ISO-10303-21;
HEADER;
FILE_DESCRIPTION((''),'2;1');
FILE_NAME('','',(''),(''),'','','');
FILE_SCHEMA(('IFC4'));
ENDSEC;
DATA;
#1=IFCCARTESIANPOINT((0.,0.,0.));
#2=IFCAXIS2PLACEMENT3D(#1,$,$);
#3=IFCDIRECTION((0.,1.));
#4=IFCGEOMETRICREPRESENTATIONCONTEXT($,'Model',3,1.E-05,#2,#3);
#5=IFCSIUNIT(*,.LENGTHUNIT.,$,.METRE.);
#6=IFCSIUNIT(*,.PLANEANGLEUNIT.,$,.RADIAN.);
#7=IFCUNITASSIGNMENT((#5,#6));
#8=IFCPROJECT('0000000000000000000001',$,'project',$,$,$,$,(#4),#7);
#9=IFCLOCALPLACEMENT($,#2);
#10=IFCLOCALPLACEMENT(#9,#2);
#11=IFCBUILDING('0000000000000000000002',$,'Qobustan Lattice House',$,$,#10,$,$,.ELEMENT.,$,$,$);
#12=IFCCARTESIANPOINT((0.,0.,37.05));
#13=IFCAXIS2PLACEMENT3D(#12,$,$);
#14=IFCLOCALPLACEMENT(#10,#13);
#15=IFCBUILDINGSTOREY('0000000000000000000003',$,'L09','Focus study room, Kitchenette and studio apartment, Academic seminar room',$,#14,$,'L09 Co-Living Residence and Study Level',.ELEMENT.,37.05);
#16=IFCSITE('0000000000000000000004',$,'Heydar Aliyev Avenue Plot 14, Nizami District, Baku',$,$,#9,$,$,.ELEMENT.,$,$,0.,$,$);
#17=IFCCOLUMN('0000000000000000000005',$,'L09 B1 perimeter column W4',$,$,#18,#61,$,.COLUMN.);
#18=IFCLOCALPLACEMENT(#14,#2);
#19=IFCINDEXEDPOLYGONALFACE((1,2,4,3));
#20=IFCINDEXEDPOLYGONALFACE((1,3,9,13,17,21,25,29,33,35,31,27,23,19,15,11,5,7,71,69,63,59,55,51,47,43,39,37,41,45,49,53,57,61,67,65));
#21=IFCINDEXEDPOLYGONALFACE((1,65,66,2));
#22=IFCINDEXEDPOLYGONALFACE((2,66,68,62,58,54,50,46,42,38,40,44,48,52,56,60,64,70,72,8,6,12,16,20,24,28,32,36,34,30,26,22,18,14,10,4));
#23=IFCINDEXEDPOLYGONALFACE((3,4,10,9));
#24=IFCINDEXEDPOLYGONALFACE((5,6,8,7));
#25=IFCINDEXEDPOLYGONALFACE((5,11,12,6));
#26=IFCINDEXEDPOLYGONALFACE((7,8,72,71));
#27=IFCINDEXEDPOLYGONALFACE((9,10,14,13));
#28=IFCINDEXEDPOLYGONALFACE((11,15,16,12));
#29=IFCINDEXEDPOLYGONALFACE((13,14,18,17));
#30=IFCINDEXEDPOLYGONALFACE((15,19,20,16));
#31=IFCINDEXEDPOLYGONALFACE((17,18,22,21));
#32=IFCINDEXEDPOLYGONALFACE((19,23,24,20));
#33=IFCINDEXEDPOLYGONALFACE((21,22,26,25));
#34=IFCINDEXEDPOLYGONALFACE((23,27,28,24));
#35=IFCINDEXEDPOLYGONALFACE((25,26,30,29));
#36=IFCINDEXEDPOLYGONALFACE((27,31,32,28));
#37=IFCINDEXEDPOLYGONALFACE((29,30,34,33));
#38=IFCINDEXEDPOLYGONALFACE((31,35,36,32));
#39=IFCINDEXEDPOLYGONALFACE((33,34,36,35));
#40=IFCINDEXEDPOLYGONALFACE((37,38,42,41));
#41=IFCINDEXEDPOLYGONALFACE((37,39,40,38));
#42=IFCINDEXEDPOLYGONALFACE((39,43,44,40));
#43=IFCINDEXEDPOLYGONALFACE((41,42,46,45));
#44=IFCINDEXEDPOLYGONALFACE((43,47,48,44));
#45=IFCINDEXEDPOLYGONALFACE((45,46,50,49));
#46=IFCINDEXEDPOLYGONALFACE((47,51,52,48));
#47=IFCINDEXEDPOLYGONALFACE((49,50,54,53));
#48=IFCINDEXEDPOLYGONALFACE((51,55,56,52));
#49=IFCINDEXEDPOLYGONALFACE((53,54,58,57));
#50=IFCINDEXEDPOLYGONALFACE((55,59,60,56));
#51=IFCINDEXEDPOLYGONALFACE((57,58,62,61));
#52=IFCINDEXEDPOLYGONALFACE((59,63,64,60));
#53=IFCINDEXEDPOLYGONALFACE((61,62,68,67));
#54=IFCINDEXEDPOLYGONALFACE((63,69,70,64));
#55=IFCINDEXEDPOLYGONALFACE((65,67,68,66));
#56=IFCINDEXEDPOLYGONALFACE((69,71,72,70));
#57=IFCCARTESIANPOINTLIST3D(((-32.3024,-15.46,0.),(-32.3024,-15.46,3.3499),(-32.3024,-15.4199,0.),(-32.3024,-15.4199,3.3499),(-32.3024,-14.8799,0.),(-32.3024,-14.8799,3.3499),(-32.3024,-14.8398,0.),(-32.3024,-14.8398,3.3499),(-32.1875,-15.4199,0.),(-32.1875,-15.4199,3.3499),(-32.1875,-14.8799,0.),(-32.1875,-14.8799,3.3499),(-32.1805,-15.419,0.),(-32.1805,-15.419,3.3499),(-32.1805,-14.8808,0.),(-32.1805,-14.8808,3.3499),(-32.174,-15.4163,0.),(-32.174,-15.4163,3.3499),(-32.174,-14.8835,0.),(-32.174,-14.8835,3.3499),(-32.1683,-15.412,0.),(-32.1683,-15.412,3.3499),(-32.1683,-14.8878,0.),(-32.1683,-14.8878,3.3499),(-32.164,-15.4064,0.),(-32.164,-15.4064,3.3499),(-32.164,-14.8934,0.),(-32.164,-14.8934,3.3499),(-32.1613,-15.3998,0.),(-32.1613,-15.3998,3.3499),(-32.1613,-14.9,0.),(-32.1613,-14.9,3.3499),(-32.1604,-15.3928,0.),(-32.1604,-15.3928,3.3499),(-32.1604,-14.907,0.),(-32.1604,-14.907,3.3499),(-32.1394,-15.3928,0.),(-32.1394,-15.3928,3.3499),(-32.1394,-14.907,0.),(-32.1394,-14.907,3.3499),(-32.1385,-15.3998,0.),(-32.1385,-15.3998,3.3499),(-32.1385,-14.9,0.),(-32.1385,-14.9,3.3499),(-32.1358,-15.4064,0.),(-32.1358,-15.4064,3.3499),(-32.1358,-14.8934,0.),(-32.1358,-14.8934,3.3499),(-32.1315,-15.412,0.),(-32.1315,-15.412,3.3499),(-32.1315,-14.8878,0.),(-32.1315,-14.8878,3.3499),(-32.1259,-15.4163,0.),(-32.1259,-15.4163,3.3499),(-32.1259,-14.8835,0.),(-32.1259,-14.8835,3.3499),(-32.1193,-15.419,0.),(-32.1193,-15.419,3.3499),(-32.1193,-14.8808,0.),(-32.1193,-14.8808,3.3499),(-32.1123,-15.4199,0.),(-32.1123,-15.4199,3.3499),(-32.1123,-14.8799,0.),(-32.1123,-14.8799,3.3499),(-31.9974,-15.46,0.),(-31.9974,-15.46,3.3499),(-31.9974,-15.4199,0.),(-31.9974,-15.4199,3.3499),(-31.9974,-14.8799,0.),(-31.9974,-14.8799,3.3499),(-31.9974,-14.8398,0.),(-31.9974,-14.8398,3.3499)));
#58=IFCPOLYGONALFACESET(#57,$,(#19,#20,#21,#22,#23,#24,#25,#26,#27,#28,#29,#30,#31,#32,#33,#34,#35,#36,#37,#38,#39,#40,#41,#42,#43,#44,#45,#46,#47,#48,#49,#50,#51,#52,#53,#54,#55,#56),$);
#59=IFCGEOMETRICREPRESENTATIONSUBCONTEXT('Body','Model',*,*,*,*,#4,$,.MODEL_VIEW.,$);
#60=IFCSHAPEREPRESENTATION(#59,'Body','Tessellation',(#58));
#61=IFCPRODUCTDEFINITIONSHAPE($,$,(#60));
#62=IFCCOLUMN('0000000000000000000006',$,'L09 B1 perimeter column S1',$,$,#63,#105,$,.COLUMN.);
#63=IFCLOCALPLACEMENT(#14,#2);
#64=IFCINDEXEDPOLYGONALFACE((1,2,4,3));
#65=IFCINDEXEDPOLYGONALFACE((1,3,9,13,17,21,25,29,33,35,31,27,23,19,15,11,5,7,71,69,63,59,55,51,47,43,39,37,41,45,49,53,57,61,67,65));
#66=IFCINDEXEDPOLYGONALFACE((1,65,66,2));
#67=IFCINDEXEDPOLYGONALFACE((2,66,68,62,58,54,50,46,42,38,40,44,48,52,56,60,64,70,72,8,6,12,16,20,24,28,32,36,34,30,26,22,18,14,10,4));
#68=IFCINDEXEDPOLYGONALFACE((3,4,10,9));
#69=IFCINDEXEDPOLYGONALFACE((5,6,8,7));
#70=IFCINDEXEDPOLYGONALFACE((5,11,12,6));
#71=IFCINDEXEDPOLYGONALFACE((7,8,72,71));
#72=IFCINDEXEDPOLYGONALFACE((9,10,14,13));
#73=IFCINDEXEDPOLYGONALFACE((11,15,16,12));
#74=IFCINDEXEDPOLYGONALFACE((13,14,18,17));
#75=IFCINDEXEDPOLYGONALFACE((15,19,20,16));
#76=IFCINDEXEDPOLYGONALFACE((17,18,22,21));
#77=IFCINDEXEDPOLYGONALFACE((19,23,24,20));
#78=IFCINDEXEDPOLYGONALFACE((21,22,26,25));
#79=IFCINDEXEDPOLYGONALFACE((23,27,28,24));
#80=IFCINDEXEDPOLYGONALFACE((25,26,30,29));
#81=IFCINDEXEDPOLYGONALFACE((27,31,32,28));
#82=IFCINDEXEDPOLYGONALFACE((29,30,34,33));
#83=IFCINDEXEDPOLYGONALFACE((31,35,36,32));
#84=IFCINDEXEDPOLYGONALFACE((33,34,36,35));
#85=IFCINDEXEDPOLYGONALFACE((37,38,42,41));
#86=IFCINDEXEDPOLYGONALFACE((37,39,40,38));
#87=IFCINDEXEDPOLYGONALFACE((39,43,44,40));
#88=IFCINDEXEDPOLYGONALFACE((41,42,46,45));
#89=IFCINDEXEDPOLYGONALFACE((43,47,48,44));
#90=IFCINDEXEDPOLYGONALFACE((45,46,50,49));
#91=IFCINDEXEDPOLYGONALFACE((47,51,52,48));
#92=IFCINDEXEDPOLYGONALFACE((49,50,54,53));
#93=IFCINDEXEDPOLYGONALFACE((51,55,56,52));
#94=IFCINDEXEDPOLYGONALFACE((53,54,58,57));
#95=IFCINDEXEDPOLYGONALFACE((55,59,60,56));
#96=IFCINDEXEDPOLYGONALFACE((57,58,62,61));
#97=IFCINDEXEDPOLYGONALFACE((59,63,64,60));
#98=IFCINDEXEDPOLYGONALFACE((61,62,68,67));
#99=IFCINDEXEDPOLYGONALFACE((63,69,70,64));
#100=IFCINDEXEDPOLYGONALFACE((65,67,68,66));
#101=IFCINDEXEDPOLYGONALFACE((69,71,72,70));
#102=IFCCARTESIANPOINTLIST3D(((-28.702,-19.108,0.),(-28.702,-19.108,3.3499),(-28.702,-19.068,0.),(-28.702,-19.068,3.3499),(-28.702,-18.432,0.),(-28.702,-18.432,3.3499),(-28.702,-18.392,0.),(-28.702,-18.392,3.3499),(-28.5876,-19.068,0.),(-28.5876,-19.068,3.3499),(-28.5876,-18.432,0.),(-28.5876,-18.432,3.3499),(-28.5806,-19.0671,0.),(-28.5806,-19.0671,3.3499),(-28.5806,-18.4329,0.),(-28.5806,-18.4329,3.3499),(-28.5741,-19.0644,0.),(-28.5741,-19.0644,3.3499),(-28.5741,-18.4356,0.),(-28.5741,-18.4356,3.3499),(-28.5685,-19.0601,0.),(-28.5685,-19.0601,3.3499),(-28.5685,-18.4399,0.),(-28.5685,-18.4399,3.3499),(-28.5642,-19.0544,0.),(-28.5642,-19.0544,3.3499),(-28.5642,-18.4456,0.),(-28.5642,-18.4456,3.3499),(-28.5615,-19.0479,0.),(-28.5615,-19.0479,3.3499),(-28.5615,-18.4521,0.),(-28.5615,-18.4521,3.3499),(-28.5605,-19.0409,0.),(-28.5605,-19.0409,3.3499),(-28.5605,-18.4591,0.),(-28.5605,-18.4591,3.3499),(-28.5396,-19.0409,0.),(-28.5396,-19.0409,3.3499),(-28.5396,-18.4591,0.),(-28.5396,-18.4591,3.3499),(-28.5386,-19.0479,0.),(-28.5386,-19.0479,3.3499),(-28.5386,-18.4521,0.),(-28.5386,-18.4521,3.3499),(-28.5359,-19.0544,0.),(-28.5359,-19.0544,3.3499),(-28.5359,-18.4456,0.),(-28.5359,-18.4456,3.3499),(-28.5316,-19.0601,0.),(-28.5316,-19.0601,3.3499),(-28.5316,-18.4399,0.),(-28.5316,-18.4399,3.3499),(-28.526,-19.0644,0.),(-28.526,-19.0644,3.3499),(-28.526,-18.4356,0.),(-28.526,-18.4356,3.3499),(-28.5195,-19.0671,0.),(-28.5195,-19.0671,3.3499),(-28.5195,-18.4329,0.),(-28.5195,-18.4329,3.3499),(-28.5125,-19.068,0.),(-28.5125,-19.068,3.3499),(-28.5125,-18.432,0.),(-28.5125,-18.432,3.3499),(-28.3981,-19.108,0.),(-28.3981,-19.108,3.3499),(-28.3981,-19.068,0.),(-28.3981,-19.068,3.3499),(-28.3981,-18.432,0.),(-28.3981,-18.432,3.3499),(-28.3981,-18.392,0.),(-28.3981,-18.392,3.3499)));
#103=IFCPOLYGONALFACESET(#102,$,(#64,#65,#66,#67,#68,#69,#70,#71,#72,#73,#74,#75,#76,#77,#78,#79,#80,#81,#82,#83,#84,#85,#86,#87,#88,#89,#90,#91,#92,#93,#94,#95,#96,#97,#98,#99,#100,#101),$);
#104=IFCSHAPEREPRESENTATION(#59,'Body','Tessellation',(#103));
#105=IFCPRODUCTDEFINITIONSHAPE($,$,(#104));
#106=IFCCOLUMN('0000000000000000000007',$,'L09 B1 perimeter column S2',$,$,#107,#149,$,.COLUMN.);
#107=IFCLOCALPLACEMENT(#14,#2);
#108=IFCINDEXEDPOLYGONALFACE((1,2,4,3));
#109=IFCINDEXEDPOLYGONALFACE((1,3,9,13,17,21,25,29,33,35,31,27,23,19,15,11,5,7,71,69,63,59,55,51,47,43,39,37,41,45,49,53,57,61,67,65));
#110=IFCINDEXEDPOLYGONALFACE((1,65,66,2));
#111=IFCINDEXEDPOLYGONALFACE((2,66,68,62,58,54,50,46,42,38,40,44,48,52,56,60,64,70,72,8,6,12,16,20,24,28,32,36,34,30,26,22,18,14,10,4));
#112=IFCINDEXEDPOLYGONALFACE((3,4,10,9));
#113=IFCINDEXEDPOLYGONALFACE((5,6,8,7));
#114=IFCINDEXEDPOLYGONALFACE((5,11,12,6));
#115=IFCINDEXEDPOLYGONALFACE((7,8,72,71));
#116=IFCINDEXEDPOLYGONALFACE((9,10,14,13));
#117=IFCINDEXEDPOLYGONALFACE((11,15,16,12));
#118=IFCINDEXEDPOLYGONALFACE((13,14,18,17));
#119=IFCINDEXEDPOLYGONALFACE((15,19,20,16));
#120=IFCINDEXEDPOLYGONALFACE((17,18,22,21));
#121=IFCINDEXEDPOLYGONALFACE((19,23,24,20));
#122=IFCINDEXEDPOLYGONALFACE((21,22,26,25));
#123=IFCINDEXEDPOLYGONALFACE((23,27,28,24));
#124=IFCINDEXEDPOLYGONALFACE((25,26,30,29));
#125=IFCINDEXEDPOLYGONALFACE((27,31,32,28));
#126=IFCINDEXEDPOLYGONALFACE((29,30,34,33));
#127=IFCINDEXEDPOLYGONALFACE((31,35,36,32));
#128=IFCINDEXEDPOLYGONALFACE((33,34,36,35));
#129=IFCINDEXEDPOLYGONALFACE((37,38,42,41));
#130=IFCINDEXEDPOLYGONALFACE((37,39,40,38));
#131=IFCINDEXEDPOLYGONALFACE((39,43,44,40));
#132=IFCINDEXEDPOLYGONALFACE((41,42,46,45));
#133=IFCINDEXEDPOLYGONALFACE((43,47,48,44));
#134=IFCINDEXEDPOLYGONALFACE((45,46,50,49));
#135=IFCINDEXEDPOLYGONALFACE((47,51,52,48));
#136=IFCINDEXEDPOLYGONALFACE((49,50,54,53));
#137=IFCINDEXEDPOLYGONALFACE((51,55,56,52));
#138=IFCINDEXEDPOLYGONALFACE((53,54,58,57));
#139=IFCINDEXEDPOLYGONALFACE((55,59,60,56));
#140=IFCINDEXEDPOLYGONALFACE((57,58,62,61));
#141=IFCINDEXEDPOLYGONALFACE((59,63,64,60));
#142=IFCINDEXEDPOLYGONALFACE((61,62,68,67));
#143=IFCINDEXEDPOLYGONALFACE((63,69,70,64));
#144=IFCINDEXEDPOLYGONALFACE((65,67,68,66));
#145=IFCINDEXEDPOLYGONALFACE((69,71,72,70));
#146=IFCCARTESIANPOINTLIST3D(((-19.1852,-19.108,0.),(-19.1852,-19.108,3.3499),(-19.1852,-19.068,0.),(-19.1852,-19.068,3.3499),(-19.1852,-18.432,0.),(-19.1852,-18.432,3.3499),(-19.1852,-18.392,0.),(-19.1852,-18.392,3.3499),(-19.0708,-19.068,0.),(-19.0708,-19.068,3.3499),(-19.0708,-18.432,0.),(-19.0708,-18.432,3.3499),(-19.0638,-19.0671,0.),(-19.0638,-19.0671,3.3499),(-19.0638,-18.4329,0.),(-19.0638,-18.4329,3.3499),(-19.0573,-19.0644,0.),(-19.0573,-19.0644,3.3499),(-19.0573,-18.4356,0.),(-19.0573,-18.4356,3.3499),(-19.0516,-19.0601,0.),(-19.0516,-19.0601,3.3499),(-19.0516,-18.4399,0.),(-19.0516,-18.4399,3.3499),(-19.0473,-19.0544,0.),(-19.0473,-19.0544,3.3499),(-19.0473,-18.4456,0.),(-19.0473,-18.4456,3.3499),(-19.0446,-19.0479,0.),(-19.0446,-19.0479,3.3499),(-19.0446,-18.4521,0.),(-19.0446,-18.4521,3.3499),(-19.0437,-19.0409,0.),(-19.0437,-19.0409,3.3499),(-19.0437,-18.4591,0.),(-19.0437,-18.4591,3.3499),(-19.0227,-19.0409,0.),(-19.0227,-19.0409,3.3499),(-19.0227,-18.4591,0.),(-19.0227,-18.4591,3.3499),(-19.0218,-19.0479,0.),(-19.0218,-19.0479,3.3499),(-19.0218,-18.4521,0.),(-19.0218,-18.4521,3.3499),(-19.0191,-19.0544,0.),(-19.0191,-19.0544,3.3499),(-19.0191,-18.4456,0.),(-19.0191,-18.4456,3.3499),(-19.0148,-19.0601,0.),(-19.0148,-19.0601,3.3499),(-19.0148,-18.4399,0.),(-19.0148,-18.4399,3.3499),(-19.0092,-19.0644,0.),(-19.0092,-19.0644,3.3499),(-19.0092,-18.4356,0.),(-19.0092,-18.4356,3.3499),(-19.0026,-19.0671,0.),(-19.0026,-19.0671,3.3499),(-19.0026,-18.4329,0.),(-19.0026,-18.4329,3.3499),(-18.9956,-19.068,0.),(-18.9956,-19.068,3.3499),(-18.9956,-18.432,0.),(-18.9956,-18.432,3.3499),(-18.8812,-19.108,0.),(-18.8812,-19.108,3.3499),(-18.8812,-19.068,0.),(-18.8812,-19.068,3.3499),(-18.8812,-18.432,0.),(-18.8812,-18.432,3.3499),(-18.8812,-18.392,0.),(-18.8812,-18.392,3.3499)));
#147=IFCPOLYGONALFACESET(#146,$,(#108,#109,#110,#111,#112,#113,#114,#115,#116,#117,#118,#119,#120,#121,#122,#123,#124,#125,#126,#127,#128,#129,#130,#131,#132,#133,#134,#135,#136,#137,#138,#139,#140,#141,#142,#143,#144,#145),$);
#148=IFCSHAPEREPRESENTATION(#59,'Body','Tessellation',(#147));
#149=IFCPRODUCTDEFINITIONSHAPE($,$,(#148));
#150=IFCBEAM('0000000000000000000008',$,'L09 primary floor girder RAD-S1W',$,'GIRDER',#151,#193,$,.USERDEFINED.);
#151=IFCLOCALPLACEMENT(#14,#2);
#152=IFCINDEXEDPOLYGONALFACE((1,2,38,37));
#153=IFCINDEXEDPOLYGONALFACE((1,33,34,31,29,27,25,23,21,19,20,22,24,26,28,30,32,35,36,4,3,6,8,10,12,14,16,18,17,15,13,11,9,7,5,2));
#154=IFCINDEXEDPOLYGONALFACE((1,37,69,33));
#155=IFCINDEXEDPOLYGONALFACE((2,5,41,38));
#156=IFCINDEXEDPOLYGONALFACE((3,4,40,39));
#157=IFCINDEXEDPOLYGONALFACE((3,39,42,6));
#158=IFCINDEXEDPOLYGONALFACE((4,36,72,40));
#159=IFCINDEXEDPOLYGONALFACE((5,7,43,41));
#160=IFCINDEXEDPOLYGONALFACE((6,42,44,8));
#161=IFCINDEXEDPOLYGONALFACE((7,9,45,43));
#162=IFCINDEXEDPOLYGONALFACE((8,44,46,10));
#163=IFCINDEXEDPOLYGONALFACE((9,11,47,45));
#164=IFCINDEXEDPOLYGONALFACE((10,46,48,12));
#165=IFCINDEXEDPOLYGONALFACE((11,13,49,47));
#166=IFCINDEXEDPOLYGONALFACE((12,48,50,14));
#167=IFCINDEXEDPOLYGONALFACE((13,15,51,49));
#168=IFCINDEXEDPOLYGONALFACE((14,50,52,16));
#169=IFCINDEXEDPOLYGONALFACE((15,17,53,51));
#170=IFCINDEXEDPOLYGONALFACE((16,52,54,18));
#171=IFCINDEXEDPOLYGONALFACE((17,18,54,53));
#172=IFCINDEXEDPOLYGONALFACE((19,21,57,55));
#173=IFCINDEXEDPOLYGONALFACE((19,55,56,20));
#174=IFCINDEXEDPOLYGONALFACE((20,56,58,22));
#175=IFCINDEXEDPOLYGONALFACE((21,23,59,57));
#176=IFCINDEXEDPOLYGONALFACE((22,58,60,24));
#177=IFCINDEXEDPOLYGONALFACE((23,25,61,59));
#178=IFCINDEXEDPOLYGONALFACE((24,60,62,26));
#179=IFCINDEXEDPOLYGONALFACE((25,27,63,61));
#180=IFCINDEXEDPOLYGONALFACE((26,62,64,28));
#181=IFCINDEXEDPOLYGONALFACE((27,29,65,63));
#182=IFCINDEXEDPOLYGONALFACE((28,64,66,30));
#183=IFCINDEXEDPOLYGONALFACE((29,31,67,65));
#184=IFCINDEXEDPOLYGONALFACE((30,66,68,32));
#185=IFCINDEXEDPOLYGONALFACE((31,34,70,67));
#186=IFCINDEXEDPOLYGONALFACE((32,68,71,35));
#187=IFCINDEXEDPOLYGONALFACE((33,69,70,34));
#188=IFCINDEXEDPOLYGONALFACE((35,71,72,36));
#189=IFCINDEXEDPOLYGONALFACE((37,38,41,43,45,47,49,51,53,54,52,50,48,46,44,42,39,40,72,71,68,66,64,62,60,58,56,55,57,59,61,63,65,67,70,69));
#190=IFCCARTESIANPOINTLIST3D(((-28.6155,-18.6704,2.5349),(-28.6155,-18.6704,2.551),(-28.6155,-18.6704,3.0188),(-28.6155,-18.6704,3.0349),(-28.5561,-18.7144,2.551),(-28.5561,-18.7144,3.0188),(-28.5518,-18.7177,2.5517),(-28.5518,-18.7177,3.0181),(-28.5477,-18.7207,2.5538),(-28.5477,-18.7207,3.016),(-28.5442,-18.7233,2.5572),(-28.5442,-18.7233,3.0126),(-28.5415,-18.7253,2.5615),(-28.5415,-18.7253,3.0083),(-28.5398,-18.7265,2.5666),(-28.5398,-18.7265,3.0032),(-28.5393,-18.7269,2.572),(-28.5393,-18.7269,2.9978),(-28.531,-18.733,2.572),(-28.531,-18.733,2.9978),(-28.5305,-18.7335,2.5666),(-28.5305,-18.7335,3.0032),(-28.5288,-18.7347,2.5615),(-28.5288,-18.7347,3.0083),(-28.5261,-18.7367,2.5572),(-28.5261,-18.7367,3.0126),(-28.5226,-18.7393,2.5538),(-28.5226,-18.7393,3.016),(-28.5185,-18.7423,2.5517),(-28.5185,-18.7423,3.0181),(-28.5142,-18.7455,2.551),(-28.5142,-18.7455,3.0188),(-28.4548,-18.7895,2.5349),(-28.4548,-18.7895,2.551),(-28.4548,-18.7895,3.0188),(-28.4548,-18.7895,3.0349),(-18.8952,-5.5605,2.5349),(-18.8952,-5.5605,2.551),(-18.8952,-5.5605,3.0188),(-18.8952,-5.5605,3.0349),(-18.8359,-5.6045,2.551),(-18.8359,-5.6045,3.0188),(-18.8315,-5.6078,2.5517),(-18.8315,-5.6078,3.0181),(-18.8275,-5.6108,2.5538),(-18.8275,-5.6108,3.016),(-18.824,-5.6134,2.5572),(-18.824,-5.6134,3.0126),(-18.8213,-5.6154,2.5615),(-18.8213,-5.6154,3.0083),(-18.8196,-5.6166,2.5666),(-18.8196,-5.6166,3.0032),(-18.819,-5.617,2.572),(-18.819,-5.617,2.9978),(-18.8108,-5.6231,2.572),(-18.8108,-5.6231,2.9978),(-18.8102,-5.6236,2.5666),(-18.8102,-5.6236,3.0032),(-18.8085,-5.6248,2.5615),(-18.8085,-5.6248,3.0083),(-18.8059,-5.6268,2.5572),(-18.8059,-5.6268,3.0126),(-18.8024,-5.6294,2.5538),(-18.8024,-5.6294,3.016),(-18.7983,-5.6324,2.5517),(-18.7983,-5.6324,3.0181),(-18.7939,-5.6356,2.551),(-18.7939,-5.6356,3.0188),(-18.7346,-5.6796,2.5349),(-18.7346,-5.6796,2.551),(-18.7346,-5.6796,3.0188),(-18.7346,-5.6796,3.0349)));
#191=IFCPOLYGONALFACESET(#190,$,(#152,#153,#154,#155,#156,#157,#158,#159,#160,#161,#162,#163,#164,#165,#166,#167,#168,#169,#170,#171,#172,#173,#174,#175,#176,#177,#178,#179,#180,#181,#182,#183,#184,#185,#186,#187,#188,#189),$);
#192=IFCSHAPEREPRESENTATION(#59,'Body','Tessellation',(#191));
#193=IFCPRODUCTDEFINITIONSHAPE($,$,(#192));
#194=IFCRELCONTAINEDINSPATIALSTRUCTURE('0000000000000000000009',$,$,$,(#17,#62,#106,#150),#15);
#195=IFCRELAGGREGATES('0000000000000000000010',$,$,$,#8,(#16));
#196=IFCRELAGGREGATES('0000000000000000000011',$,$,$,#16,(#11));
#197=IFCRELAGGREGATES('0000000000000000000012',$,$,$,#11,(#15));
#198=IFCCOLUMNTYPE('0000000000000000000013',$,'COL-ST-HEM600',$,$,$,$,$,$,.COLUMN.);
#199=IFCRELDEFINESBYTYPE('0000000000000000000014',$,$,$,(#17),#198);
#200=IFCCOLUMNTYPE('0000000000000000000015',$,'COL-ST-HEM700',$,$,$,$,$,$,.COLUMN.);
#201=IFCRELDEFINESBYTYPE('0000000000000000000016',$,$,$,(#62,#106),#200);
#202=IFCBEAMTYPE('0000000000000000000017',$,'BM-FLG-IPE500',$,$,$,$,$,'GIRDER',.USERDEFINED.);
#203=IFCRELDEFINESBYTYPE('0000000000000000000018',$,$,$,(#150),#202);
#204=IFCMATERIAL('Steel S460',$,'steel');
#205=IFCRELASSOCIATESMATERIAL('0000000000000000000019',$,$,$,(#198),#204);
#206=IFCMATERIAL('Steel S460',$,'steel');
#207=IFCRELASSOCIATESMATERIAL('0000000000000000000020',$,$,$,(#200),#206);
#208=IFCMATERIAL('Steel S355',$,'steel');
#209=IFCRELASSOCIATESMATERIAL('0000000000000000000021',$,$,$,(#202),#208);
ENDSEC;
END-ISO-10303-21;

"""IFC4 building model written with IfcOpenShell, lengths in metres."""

from ifc_helpers import new_model, si_unit, direction, frame, origin, origin_2d, place, context, subcontext, project, spatial, i_section, extrude, material, material_profile, profile_set, type_object, element, save


model = new_model("IFC4")

# Units and contexts
model_context = context("Model", 3, precision=1e-05, world=origin(), true_north=direction((0.0, 1.0)))
body_context = subcontext(model_context, "Body", "Model", "MODEL_VIEW")
ifc_project = project(units=[si_unit("LENGTHUNIT", "METRE"), si_unit("PLANEANGLEUNIT", "RADIAN")], contexts=[model_context])

# Site, building, storey
site_placement = place(None, origin())
site = spatial("IfcSite", under=ifc_project, at=site_placement, Name="Heydar Aliyev Avenue Plot 14, Nizami District, Baku", CompositionType="ELEMENT", RefElevation=0.0)
building_placement = place(site_placement, origin())
building = spatial("IfcBuilding", under=site, at=building_placement, Name="Qobustan Lattice House", CompositionType="ELEMENT")
storey_placement = place(building_placement, frame((0.0, 0.0, 37.05)))
storey = spatial("IfcBuildingStorey", under=building, at=storey_placement, Name="L09", Description="Focus study room, Kitchenette and studio apartment, Academic seminar room", LongName="L09 Co-Living Residence and Study Level", CompositionType="ELEMENT", Elevation=37.05)

# Columns
ifc_material_1 = material(Name="Steel S460", Category="steel")
ifc_material_profile_1 = material_profile(ifc_material_1, i_section(OverallWidth=0.3049, OverallDepth=0.6201, WebThickness=0.021, FlangeThickness=0.04, FilletRadius=0.0271, at=origin_2d()), Name="HEM600")
ifc_profile_set_1 = profile_set([ifc_material_profile_1], Name="Steel S460")
column_type_1 = type_object("IfcColumnType", Name="COL-ST-HEM600", PredefinedType="COLUMN", material=ifc_profile_set_1)
column_placement = place(storey_placement, frame((-32.1499, -15.1499, 0.0), z_axis=(0.0, 0.0, 1.0), x_axis=(1.0, 0.0, 0.0)))
element("IfcColumn", 1, at=column_placement, inside=storey, type_object=column_type_1, Name="L09 B1 perimeter column W4", PredefinedType="COLUMN", context=body_context, shape_type="SweptSolid", body=[
    extrude(i_section(OverallWidth=0.3049, OverallDepth=0.6201, WebThickness=0.021, FlangeThickness=0.04, FilletRadius=0.0271, at=origin_2d()), origin(), (0.0, 0.0, 1.0), 3.3499),
])
ifc_material_2 = material(Name="Steel S460", Category="steel")
ifc_material_profile_2 = material_profile(ifc_material_2, i_section(OverallWidth=0.304, OverallDepth=0.7161, WebThickness=0.021, FlangeThickness=0.04, FilletRadius=0.0271, at=origin_2d()), Name="HEM700")
ifc_profile_set_2 = profile_set([ifc_material_profile_2], Name="Steel S460")
column_type_2 = type_object("IfcColumnType", Name="COL-ST-HEM700", PredefinedType="COLUMN", material=ifc_profile_set_2)
for number, where, z_axis, x_axis, name in (
    (2, (-28.55, -18.75, 0.0), (0.0, 0.0, 1.0), (1.0, 0.0, 0.0), "L09 B1 perimeter column S1"),
    (3, (-19.0332, -18.75, 0.0), (0.0, 0.0, 1.0), (1.0, 0.0, 0.0), "L09 B1 perimeter column S2"),
):
    element("IfcColumn", number, at=place(storey_placement, frame(where, z_axis=z_axis, x_axis=x_axis)), inside=storey, type_object=column_type_2, Name=name, PredefinedType="COLUMN", context=body_context, shape_type="SweptSolid", body=[
        extrude(i_section(OverallWidth=0.304, OverallDepth=0.7161, WebThickness=0.021, FlangeThickness=0.04, FilletRadius=0.0271, at=origin_2d()), origin(), (0.0, 0.0, 1.0), 3.3499),
    ])

# Beam
ifc_material_3 = material(Name="Steel S355", Category="steel")
ifc_material_profile_3 = material_profile(ifc_material_3, i_section(OverallWidth=0.2, OverallDepth=0.5, WebThickness=0.0103, FlangeThickness=0.0161, FilletRadius=0.021, at=origin_2d()), Name="IPE500")
ifc_profile_set_3 = profile_set([ifc_material_profile_3], Name="Steel S355")
beam_type_1 = type_object("IfcBeamType", Name="BM-FLG-IPE500", ElementType="GIRDER", PredefinedType="USERDEFINED", material=ifc_profile_set_3)
beam_1_placement = place(storey_placement, frame((-28.5352, -18.73, 2.7849), z_axis=(0.595592, 0.803287, 0.0), x_axis=(-0.803287, 0.595592, 0.0)))
element("IfcBeam", 4, at=beam_1_placement, inside=storey, type_object=beam_type_1, Name="L09 primary floor girder RAD-S1W", ObjectType="GIRDER", PredefinedType="USERDEFINED", context=body_context, shape_type="SweptSolid", body=[
    extrude(i_section(OverallWidth=0.2, OverallDepth=0.5, WebThickness=0.0103, FlangeThickness=0.0161, FilletRadius=0.021, at=origin_2d()), origin(), (0.0, 0.0, 1.0), 16.3203),
])

save(model, "model.ifc")
